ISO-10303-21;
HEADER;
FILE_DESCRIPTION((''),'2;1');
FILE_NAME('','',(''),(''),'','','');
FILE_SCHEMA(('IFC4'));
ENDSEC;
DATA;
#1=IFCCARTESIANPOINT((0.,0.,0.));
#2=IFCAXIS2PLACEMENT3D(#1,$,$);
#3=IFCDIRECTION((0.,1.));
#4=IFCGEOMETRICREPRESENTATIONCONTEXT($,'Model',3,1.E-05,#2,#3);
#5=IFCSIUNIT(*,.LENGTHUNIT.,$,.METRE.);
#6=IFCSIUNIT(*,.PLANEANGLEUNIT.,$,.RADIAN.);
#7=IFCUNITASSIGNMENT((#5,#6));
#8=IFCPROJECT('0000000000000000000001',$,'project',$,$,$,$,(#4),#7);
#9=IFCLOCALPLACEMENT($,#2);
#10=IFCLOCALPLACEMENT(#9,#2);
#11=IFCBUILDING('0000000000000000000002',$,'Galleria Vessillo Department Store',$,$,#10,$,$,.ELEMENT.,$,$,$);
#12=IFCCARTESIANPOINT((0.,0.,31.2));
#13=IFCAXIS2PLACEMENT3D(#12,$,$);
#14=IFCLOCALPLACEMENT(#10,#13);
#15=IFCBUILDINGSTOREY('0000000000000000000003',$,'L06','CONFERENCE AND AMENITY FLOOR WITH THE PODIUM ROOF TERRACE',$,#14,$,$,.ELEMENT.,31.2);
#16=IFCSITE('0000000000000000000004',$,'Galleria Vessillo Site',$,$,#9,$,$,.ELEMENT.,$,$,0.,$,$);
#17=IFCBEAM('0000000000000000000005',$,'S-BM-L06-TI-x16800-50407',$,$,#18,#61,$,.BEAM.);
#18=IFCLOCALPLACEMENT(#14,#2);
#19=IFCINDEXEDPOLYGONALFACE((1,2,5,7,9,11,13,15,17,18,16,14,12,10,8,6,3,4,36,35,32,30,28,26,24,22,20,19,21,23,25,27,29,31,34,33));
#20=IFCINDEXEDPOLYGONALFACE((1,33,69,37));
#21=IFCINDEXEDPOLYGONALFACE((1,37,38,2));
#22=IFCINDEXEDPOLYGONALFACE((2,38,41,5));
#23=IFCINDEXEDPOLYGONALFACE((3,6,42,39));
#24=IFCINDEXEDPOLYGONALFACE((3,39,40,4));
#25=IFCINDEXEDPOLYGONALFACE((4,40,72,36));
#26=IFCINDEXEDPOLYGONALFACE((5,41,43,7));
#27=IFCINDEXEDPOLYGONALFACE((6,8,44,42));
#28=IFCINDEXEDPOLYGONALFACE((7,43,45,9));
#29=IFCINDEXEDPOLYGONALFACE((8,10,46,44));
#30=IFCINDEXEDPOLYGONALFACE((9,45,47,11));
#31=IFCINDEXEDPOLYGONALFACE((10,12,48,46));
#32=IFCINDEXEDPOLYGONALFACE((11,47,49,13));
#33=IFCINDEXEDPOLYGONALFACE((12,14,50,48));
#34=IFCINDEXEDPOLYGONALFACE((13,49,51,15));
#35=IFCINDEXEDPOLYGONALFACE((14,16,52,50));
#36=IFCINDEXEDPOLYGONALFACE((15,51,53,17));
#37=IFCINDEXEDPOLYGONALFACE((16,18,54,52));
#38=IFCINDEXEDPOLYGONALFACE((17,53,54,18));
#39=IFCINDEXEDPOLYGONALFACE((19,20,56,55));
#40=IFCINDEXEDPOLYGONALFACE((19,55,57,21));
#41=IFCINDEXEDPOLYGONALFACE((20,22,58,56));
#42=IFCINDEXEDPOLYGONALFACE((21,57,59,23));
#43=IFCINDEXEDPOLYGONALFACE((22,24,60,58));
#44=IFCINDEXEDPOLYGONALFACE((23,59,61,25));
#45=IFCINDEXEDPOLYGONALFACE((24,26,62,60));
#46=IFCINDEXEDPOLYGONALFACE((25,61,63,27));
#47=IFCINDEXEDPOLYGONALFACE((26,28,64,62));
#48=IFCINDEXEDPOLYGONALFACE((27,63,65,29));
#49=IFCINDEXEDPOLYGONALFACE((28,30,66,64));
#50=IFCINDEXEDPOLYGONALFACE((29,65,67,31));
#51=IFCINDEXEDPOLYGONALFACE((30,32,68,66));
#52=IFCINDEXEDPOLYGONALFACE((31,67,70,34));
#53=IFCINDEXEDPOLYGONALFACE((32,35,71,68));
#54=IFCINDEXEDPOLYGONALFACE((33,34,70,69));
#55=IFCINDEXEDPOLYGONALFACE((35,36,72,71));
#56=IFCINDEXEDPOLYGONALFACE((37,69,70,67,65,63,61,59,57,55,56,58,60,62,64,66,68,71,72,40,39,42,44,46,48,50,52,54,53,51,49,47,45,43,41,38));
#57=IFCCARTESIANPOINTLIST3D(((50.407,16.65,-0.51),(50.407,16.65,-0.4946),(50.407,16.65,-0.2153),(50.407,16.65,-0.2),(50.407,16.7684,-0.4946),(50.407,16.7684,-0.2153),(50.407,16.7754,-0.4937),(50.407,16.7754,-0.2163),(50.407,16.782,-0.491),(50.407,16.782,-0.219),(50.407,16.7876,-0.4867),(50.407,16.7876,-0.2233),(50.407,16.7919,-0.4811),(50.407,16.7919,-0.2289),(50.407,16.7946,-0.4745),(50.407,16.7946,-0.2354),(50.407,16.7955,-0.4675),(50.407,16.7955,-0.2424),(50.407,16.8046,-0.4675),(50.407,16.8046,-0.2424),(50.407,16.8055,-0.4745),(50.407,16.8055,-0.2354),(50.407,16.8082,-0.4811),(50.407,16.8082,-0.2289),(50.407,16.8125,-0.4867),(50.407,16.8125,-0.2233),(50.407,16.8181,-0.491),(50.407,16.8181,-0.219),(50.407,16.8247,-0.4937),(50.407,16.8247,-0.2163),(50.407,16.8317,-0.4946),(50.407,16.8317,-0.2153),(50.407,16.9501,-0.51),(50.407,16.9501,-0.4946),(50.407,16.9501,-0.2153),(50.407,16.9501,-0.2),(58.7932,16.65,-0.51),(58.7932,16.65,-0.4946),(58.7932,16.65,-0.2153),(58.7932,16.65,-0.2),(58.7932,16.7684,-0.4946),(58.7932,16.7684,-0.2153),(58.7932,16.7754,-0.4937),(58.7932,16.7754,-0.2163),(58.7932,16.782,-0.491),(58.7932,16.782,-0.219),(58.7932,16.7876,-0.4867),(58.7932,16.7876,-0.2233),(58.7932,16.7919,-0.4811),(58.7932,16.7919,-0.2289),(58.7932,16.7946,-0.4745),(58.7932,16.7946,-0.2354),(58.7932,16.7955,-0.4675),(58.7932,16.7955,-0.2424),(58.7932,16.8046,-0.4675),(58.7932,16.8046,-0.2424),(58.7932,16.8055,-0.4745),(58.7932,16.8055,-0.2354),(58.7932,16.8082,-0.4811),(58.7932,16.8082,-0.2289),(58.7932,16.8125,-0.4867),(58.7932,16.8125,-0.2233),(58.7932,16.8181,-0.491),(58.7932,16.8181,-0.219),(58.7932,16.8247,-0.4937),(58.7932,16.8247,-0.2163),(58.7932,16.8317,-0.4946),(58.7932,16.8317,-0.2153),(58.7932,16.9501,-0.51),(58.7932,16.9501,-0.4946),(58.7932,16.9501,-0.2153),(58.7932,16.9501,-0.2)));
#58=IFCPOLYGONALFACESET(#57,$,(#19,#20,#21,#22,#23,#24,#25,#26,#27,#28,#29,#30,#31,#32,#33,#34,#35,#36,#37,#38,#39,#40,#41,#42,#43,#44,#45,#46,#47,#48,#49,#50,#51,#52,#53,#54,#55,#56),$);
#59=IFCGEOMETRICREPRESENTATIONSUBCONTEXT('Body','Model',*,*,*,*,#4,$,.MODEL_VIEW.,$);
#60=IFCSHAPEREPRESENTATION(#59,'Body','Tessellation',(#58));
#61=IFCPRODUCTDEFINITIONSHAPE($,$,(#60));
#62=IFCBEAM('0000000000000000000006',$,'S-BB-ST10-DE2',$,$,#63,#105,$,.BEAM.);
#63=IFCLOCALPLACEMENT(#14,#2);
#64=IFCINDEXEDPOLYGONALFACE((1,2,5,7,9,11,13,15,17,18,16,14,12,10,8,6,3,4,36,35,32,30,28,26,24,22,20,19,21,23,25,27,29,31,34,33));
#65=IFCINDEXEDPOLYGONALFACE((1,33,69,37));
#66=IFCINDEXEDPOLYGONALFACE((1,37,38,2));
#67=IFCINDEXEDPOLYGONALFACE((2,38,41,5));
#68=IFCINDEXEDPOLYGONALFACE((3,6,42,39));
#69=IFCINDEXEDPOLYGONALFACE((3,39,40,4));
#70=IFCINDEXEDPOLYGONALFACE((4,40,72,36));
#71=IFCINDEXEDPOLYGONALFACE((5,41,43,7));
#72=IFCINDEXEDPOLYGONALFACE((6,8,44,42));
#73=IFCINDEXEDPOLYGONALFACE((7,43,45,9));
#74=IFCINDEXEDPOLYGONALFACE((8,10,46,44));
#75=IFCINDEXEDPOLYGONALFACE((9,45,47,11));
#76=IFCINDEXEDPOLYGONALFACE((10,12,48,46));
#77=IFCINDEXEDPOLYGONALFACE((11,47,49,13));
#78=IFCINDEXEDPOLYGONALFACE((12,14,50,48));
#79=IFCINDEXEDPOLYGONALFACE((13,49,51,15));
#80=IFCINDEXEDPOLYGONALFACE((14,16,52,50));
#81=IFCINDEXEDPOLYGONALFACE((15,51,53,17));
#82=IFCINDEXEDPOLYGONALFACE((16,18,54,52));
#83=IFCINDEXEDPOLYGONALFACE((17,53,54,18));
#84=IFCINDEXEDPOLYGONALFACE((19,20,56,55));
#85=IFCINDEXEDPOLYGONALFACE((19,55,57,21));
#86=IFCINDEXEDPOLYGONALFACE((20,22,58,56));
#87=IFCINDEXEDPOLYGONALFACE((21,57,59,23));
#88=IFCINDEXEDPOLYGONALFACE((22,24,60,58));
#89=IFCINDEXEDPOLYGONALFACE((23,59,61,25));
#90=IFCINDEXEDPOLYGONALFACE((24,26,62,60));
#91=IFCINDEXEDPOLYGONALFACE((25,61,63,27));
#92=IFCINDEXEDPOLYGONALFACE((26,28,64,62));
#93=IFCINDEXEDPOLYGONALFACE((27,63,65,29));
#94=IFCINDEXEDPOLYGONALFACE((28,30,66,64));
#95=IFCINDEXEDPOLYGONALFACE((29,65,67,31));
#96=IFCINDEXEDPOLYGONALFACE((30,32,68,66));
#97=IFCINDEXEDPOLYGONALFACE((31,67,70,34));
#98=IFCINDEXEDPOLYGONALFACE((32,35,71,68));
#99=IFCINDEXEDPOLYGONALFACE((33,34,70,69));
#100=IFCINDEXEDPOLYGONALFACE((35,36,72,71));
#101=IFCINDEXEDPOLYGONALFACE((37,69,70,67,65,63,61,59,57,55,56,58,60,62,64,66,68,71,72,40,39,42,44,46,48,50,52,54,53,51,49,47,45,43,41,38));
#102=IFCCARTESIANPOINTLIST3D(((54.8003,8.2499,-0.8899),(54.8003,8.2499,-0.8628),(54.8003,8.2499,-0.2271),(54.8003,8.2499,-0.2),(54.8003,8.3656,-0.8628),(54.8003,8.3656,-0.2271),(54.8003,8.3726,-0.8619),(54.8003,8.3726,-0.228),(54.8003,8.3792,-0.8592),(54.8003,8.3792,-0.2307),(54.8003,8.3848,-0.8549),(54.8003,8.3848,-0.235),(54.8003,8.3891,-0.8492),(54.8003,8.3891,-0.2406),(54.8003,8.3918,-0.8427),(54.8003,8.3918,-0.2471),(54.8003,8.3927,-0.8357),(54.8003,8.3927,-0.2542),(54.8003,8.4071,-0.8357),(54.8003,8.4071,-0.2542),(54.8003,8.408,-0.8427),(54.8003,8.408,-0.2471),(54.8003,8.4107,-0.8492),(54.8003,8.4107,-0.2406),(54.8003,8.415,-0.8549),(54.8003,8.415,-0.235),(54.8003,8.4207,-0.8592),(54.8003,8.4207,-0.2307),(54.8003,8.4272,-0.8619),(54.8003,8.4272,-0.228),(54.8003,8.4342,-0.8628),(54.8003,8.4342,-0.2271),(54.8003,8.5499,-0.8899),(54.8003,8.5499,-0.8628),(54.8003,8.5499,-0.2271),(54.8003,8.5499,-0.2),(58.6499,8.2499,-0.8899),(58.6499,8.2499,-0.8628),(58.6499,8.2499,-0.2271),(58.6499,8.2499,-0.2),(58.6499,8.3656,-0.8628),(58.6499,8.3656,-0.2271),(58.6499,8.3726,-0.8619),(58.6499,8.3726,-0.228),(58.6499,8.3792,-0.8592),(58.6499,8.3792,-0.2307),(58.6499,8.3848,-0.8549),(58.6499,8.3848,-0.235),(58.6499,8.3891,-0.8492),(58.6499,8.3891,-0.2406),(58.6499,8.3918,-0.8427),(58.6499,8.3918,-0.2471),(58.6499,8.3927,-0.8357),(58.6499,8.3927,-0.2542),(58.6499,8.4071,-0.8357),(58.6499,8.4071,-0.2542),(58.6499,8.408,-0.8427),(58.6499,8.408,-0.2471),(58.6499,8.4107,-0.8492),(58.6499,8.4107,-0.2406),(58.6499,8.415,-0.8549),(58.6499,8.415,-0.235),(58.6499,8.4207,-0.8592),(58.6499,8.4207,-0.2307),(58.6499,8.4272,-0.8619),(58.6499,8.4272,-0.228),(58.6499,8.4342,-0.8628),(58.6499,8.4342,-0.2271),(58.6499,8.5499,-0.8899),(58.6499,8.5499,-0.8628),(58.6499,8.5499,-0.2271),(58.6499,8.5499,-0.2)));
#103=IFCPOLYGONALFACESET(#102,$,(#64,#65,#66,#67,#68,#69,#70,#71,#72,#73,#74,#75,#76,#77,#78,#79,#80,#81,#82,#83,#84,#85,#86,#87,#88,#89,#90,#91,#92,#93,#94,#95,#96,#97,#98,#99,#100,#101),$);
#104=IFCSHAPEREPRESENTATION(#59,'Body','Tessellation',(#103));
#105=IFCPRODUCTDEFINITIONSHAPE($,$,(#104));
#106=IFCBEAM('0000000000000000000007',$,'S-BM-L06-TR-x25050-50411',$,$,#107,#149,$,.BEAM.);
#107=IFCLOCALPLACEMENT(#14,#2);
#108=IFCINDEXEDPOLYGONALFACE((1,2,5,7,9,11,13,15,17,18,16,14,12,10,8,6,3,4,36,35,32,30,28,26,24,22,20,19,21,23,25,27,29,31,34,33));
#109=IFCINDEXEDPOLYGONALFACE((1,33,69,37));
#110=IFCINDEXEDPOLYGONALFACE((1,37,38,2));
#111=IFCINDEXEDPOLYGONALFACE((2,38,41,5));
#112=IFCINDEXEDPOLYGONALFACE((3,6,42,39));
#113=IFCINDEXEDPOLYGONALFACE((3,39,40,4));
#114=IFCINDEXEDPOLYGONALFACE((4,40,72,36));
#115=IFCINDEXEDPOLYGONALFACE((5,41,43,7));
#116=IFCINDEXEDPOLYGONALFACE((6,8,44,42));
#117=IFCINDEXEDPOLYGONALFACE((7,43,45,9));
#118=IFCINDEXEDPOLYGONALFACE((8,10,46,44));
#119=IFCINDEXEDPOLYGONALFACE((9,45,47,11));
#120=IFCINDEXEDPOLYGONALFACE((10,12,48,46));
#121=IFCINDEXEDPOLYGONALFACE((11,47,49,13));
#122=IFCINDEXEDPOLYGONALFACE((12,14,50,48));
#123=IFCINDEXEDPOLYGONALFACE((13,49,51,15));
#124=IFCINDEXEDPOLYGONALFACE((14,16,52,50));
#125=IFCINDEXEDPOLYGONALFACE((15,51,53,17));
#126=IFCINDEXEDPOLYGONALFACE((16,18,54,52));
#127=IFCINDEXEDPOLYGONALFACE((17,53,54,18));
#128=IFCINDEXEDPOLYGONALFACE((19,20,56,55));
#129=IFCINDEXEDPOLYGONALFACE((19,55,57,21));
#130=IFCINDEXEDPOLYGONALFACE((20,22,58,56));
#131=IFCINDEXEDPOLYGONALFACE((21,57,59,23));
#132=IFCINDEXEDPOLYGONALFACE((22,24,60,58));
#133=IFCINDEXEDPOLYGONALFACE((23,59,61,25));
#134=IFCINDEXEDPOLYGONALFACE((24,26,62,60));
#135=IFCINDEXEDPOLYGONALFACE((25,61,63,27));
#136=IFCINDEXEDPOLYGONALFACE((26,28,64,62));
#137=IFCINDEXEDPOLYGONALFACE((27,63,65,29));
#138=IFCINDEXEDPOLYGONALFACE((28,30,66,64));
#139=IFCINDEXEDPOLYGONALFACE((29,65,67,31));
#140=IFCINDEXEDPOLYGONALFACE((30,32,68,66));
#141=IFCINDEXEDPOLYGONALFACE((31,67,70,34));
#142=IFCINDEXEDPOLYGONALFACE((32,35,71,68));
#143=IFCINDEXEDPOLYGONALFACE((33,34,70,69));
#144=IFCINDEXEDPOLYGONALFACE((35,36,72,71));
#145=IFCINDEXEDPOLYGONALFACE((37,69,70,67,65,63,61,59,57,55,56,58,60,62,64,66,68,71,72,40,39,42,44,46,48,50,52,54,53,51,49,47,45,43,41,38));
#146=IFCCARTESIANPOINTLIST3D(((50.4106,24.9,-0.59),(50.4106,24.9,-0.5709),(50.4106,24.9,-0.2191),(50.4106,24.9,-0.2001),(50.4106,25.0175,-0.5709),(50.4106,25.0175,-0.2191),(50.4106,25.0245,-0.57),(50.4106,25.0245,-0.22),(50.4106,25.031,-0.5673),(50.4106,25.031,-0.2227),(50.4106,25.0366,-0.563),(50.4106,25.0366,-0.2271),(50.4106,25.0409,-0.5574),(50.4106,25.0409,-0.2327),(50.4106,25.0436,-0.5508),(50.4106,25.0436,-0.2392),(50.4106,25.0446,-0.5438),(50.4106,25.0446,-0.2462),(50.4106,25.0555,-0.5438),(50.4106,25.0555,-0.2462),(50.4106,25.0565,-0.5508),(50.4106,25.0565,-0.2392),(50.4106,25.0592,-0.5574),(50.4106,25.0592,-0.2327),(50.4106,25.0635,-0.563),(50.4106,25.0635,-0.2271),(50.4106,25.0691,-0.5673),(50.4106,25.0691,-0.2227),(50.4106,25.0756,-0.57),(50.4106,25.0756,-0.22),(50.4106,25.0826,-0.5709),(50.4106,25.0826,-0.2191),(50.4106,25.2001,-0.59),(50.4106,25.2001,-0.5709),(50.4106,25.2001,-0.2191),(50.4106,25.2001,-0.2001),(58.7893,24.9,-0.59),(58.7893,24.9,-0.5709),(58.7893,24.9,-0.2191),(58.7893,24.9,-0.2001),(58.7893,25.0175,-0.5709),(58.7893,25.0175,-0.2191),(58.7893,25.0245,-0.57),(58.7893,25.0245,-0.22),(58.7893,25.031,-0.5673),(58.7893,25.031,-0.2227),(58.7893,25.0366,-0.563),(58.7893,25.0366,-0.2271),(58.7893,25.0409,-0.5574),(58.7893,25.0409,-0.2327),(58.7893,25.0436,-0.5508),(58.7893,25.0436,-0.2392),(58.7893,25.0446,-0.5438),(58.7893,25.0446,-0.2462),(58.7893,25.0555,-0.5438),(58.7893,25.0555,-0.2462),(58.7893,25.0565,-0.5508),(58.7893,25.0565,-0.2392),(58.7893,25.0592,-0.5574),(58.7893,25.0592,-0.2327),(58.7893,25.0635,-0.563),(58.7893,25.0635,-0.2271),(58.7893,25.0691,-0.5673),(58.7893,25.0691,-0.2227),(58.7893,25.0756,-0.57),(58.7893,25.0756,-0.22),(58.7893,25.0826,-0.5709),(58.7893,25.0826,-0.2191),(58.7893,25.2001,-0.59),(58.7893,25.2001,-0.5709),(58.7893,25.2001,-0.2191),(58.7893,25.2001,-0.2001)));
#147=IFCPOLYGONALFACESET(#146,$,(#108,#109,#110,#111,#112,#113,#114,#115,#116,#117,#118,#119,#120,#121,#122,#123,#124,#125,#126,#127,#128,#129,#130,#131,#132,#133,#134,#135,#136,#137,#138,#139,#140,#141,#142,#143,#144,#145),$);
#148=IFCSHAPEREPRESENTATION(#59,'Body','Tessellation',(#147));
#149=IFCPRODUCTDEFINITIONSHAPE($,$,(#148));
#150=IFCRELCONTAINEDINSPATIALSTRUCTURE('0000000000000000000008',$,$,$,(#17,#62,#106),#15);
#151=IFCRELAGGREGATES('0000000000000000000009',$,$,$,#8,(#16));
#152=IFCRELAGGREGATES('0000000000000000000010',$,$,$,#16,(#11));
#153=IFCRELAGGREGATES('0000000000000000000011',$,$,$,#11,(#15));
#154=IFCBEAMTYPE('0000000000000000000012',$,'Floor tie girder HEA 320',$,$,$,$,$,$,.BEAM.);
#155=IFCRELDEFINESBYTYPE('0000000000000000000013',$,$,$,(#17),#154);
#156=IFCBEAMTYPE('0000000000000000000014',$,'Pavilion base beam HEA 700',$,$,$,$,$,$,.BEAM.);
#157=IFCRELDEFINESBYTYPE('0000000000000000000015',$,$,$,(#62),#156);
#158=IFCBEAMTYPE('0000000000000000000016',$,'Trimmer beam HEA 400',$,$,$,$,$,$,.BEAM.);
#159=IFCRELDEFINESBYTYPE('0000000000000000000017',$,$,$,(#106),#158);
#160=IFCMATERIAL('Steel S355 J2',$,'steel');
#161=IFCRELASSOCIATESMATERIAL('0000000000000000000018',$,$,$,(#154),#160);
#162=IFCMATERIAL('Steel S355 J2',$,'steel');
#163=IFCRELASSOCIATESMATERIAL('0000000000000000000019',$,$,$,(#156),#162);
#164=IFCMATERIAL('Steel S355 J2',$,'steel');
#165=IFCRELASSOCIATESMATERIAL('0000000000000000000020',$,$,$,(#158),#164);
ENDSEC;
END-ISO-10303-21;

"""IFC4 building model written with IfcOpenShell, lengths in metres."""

from ifc_helpers import new_model, si_unit, direction, frame, origin, origin_2d, place, context, subcontext, project, spatial, i_section, extrude, material, material_profile, profile_set, type_object, element, save


model = new_model("IFC4")

# Units and contexts
model_context = context("Model", 3, precision=1e-05, world=origin(), true_north=direction((0.0, 1.0)))
body_context = subcontext(model_context, "Body", "Model", "MODEL_VIEW")
ifc_project = project(units=[si_unit("LENGTHUNIT", "METRE"), si_unit("PLANEANGLEUNIT", "RADIAN")], contexts=[model_context])

# Site, building, storey
site_placement = place(None, origin())
site = spatial("IfcSite", under=ifc_project, at=site_placement, Name="Galleria Vessillo Site", CompositionType="ELEMENT", RefElevation=0.0)
building_placement = place(site_placement, origin())
building = spatial("IfcBuilding", under=site, at=building_placement, Name="Galleria Vessillo Department Store", CompositionType="ELEMENT")
storey_placement = place(building_placement, frame((0.0, 0.0, 31.2)))
storey = spatial("IfcBuildingStorey", under=building, at=storey_placement, Name="L06", Description="CONFERENCE AND AMENITY FLOOR WITH THE PODIUM ROOF TERRACE", CompositionType="ELEMENT", Elevation=31.2)

# Beams
ifc_material_1 = material(Name="Steel S355 J2", Category="steel")
ifc_material_profile_1 = material_profile(ifc_material_1, i_section(OverallWidth=0.3, OverallDepth=0.3101, WebThickness=0.009, FlangeThickness=0.0154, FilletRadius=0.0271, at=origin_2d()), Name="HEA 320")
ifc_profile_set_1 = profile_set([ifc_material_profile_1], Name="Steel S355 J2")
beam_type_1 = type_object("IfcBeamType", Name="Floor tie girder HEA 320", PredefinedType="BEAM", material=ifc_profile_set_1)
beam_1_placement = place(storey_placement, frame((50.407, 16.8, -0.355), z_axis=(1.0, 0.0, 0.0), x_axis=(0.0, 1.0, 0.0)))
element("IfcBeam", 1, at=beam_1_placement, inside=storey, type_object=beam_type_1, Name="S-BM-L06-TI-x16800-50407", PredefinedType="BEAM", context=body_context, shape_type="SweptSolid", body=[
    extrude(i_section(OverallWidth=0.3, OverallDepth=0.3101, WebThickness=0.009, FlangeThickness=0.0154, FilletRadius=0.0271, at=origin_2d()), origin(), (0.0, 0.0, 1.0), 8.3862),
])
ifc_material_2 = material(Name="Steel S355 J2", Category="steel")
ifc_material_profile_2 = material_profile(ifc_material_2, i_section(OverallWidth=0.3, OverallDepth=0.6899, WebThickness=0.0144, FlangeThickness=0.0271, FilletRadius=0.0271, at=origin_2d()), Name="HEA 700")
ifc_profile_set_2 = profile_set([ifc_material_profile_2], Name="Steel S355 J2")
beam_type_2 = type_object("IfcBeamType", Name="Pavilion base beam HEA 700", PredefinedType="BEAM", material=ifc_profile_set_2)
beam_2_placement = place(storey_placement, frame((54.8003, 8.3999, -0.5449), z_axis=(1.0, 0.0, 0.0), x_axis=(0.0, 1.0, 0.0)))
element("IfcBeam", 2, at=beam_2_placement, inside=storey, type_object=beam_type_2, Name="S-BB-ST10-DE2", PredefinedType="BEAM", context=body_context, shape_type="SweptSolid", body=[
    extrude(i_section(OverallWidth=0.3, OverallDepth=0.6899, WebThickness=0.0144, FlangeThickness=0.0271, FilletRadius=0.0271, at=origin_2d()), origin(), (0.0, 0.0, 1.0), 3.8496),
])
ifc_material_3 = material(Name="Steel S355 J2", Category="steel")
ifc_material_profile_3 = material_profile(ifc_material_3, i_section(OverallWidth=0.3, OverallDepth=0.3899, WebThickness=0.011, FlangeThickness=0.019, FilletRadius=0.0271, at=origin_2d()), Name="HEA 400")
ifc_profile_set_3 = profile_set([ifc_material_profile_3], Name="Steel S355 J2")
beam_type_3 = type_object("IfcBeamType", Name="Trimmer beam HEA 400", PredefinedType="BEAM", material=ifc_profile_set_3)
beam_3_placement = place(storey_placement, frame((50.4106, 25.05, -0.395), z_axis=(1.0, 0.0, 0.0), x_axis=(0.0, 1.0, 0.0)))
element("IfcBeam", 3, at=beam_3_placement, inside=storey, type_object=beam_type_3, Name="S-BM-L06-TR-x25050-50411", PredefinedType="BEAM", context=body_context, shape_type="SweptSolid", body=[
    extrude(i_section(OverallWidth=0.3, OverallDepth=0.3899, WebThickness=0.011, FlangeThickness=0.019, FilletRadius=0.0271, at=origin_2d()), origin(), (0.0, 0.0, 1.0), 8.3787),
])

save(model, "model.ifc")
